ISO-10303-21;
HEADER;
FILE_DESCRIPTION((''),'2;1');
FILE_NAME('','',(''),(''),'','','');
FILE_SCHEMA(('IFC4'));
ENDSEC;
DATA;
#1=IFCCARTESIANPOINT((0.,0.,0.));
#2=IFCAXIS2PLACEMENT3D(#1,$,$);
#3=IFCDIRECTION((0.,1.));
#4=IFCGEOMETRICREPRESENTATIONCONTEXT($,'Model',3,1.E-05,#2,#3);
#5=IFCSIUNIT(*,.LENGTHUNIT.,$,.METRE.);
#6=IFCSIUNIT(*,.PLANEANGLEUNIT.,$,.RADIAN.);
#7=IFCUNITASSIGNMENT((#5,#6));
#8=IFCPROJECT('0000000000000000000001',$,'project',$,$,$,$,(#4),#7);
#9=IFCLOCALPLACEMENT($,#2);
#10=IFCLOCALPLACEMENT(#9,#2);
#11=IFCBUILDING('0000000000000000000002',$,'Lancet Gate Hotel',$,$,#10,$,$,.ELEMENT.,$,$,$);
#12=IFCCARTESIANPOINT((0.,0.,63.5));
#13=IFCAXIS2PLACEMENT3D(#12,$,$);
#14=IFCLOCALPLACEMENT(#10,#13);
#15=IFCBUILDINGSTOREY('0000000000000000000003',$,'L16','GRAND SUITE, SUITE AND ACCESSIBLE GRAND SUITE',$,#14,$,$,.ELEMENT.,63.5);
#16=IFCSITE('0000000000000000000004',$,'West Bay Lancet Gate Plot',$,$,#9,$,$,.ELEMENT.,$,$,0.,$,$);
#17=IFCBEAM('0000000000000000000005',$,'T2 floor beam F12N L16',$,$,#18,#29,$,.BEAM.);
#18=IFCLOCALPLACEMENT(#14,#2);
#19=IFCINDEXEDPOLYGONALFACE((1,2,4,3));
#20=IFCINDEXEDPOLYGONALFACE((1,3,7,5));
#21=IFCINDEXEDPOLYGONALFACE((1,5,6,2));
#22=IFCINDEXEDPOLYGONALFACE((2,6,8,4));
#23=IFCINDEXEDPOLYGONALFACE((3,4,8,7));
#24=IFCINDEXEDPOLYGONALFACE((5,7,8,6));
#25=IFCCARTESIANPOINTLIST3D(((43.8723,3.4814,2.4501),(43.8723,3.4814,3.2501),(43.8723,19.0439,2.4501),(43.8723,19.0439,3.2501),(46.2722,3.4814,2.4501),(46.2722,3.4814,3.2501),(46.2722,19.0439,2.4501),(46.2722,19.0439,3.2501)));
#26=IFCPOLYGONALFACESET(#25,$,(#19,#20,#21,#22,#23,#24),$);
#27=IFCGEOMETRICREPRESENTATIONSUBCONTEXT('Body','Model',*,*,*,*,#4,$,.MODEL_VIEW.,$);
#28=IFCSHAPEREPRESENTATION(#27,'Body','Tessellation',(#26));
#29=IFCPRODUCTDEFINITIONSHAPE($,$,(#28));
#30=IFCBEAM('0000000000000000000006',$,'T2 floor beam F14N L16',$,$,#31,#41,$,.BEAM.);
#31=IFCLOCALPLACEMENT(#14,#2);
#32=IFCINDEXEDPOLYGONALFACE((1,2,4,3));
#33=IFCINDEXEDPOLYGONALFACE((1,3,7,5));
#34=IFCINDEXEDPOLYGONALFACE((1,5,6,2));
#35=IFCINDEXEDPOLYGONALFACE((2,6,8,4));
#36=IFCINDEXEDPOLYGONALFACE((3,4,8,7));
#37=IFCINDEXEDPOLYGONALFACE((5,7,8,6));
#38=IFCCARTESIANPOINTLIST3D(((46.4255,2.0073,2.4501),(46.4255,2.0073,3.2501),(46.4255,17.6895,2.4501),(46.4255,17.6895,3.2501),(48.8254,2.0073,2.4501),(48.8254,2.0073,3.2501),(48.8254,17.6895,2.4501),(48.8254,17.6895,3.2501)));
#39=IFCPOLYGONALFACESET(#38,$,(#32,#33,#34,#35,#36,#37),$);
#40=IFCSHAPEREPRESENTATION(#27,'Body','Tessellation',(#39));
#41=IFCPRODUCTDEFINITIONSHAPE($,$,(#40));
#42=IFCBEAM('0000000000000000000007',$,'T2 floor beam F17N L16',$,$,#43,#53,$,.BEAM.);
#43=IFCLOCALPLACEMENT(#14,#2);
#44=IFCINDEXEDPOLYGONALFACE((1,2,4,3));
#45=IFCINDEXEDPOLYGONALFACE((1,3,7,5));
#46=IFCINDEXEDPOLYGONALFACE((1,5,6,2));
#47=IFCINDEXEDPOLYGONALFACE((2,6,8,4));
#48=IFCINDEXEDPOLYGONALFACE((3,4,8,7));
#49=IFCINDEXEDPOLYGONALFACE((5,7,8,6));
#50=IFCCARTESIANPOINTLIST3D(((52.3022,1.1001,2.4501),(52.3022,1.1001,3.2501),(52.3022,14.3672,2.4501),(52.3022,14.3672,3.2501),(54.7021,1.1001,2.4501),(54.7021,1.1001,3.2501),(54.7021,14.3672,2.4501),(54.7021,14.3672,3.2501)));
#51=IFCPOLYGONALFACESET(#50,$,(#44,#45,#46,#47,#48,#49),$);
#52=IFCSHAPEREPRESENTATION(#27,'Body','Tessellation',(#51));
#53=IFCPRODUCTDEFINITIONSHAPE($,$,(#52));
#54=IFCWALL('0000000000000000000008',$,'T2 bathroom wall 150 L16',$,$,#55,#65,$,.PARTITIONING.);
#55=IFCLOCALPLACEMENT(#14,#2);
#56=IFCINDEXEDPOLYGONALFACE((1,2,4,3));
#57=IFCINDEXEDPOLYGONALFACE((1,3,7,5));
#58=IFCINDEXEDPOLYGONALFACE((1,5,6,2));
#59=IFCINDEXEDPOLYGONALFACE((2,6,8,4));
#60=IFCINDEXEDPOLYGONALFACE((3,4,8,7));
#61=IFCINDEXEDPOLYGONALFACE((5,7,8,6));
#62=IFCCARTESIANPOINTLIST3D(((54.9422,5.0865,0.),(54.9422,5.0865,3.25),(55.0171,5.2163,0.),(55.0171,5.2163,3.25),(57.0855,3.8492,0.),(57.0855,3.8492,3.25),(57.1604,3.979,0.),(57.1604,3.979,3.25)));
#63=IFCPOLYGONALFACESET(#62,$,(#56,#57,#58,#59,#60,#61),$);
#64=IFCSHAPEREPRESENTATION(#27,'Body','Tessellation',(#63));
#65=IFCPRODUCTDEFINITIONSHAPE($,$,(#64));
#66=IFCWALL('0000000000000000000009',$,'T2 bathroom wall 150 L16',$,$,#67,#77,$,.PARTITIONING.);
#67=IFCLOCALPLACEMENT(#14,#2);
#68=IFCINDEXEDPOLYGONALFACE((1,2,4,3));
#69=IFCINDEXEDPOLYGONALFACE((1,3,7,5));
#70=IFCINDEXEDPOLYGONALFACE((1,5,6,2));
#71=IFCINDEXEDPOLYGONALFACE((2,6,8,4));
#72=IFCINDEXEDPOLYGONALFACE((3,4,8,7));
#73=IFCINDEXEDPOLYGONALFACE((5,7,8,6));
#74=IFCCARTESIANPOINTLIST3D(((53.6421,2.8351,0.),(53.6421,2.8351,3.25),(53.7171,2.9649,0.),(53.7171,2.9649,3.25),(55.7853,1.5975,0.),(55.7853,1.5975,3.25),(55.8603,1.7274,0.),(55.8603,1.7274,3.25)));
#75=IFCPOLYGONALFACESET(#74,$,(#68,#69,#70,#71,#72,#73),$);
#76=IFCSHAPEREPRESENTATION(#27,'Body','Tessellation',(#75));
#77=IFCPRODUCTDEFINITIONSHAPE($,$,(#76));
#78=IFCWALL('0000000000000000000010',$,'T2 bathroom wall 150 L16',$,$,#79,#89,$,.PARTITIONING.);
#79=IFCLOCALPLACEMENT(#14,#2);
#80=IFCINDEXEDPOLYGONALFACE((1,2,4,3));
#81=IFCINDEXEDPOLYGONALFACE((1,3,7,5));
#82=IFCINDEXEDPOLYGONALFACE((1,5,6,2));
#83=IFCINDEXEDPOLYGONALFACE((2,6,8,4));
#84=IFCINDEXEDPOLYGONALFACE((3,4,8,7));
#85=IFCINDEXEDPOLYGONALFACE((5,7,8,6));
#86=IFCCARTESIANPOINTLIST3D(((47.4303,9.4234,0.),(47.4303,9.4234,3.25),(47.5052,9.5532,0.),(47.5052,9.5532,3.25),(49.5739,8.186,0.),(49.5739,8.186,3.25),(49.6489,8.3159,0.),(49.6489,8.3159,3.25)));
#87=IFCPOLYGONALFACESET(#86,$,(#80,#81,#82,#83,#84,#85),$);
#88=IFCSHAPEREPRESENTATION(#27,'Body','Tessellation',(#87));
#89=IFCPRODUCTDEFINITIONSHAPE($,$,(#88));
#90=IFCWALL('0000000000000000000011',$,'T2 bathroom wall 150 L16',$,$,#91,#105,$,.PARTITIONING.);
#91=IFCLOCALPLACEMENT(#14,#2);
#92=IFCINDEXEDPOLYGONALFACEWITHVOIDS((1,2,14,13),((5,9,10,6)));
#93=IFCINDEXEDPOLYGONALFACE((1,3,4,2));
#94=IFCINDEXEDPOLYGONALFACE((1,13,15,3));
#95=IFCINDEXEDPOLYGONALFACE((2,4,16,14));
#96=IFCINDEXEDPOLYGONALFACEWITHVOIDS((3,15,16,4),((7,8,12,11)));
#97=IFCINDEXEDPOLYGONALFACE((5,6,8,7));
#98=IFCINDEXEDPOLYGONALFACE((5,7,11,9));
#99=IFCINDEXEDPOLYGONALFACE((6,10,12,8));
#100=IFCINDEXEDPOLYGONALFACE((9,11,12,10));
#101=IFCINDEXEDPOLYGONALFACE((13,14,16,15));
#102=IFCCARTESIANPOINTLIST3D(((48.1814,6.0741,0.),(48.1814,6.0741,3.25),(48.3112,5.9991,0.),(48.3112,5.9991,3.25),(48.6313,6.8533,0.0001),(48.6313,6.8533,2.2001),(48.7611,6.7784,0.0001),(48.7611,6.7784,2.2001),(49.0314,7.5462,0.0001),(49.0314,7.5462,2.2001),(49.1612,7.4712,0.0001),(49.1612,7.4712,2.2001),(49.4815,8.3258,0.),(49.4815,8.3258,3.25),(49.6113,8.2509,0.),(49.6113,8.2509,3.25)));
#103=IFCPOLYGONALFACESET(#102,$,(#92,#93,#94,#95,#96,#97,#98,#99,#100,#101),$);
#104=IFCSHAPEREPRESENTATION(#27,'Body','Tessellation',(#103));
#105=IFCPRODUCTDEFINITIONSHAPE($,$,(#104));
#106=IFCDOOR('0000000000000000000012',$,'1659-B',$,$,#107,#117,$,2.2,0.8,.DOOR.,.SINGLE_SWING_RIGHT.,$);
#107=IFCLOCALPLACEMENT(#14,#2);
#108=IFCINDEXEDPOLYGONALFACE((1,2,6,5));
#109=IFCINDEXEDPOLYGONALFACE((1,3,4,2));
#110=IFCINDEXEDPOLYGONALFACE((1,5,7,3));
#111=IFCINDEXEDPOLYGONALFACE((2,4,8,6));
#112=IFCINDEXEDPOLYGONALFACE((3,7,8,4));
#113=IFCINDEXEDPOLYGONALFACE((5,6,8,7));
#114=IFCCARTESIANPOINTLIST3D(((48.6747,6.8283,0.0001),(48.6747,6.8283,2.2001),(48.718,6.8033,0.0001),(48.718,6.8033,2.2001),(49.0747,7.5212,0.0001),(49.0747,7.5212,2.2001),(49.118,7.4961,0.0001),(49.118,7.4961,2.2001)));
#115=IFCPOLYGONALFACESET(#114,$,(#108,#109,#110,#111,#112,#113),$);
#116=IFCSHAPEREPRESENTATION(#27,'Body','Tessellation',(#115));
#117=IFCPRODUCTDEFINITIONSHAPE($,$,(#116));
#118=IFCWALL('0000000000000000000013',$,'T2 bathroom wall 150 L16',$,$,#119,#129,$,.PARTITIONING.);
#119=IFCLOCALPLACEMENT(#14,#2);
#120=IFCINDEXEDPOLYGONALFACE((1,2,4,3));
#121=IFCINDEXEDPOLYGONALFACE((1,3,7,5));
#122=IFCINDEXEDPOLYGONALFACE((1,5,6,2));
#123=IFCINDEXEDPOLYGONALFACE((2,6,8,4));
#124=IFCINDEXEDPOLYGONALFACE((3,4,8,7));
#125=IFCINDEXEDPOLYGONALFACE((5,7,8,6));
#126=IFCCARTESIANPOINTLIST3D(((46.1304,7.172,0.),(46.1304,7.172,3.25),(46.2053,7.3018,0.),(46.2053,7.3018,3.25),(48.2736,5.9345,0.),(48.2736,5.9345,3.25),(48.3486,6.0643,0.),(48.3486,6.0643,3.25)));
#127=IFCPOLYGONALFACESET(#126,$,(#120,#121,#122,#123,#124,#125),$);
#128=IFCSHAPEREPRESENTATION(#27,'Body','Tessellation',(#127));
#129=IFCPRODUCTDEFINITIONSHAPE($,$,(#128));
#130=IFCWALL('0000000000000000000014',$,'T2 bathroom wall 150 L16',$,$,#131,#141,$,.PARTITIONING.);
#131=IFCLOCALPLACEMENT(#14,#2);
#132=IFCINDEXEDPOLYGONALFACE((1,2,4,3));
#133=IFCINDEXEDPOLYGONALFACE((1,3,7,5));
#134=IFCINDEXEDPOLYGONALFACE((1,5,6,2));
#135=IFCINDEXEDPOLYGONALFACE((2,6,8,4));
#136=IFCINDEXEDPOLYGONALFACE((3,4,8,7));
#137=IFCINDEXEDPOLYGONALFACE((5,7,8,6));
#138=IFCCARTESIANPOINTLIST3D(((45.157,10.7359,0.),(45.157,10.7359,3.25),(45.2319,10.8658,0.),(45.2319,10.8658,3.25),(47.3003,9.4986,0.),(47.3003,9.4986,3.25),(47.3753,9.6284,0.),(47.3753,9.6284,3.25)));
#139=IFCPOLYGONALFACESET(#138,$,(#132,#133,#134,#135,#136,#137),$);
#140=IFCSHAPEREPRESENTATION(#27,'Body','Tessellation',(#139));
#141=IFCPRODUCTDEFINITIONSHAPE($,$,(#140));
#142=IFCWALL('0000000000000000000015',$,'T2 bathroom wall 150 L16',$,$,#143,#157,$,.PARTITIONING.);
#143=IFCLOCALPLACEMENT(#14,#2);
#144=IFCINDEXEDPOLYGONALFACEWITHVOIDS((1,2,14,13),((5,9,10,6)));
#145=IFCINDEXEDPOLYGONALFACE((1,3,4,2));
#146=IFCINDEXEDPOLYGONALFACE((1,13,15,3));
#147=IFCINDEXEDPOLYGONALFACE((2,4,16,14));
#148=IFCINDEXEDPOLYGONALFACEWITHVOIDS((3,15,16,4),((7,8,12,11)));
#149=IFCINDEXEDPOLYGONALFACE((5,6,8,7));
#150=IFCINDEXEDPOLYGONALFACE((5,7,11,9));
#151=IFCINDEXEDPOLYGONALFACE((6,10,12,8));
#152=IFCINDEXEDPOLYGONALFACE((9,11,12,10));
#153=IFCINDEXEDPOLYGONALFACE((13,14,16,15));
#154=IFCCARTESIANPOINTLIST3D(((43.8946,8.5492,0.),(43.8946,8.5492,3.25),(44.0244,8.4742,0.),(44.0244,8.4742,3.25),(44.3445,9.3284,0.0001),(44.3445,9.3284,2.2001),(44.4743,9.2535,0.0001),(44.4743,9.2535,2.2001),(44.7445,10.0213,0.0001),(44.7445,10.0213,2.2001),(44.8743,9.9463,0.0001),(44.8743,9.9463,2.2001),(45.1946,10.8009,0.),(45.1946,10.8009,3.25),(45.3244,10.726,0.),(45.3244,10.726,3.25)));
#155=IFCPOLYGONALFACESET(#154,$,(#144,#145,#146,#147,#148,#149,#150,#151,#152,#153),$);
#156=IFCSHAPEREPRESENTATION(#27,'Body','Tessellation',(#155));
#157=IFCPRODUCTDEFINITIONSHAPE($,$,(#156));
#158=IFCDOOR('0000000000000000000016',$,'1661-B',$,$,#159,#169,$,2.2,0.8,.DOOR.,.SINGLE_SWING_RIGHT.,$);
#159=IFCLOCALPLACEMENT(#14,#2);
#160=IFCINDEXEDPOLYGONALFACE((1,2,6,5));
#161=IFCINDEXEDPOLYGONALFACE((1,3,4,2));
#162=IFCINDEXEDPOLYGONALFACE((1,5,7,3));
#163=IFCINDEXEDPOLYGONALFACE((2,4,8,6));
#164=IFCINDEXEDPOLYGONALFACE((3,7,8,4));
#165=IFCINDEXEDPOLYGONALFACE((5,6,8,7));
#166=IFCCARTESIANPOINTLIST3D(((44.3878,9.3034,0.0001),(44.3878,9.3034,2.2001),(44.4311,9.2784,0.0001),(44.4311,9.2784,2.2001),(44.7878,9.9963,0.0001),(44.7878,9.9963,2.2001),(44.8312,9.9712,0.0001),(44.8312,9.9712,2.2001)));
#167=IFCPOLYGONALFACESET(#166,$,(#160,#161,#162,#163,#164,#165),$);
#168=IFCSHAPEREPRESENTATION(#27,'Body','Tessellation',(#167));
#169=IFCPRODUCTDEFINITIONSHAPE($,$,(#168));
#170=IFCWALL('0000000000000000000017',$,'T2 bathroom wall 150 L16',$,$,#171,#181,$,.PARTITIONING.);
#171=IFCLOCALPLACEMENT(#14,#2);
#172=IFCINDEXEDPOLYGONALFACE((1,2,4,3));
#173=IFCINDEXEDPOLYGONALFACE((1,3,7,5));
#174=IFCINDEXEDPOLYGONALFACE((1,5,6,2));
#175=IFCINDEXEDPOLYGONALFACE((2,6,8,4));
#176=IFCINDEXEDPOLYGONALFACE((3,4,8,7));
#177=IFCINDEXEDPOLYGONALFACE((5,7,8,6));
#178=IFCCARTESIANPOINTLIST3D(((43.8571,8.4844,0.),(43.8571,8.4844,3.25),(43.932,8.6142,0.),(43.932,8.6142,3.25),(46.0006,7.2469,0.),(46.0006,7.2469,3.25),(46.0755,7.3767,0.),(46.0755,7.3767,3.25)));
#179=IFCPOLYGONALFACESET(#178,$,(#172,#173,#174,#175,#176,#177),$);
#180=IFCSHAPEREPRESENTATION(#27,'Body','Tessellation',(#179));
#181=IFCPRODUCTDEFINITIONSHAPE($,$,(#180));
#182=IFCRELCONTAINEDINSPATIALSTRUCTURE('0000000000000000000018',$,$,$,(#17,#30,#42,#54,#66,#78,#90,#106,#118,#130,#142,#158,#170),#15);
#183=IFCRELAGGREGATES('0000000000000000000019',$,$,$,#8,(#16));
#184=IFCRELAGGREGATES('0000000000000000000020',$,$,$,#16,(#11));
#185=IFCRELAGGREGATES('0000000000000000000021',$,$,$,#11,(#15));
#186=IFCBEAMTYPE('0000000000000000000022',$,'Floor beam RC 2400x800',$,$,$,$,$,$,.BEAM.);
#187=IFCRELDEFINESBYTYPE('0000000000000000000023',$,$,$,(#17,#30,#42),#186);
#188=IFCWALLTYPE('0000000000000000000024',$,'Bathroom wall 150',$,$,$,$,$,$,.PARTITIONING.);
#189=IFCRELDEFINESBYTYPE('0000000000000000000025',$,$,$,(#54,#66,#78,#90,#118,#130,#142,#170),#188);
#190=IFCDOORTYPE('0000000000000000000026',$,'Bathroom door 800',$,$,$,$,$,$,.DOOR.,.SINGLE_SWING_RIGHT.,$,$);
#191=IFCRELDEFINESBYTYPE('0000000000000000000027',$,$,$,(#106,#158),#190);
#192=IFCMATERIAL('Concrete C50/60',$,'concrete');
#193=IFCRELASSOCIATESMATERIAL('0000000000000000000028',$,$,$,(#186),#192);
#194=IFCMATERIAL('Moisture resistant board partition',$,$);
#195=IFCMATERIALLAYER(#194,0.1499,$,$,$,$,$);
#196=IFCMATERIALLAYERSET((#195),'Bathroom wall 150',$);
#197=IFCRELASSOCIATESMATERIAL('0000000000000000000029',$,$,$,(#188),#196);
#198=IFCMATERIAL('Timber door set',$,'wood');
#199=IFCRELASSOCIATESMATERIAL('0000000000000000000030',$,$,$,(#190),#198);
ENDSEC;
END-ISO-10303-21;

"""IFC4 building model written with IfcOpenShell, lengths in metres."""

from ifc_helpers import new_model, si_unit, direction, frame, frame_2d, origin, origin_2d, place, context, subcontext, project, spatial, rectangle, extrude, material, layer, layer_set, material_profile, profile_set, type_object, element, fill, save


model = new_model("IFC4")

# Units and contexts
model_context = context("Model", 3, precision=1e-05, world=origin(), true_north=direction((0.0, 1.0)))
body_context = subcontext(model_context, "Body", "Model", "MODEL_VIEW")
ifc_project = project(units=[si_unit("LENGTHUNIT", "METRE"), si_unit("PLANEANGLEUNIT", "RADIAN")], contexts=[model_context])

# Site, building, storey
site_placement = place(None, origin())
site = spatial("IfcSite", under=ifc_project, at=site_placement, Name="West Bay Lancet Gate Plot", CompositionType="ELEMENT", RefElevation=0.0)
building_placement = place(site_placement, origin())
building = spatial("IfcBuilding", under=site, at=building_placement, Name="Lancet Gate Hotel", CompositionType="ELEMENT")
storey_placement = place(building_placement, frame((0.0, 0.0, 63.5)))
storey = spatial("IfcBuildingStorey", under=building, at=storey_placement, Name="L16", Description="GRAND SUITE, SUITE AND ACCESSIBLE GRAND SUITE", CompositionType="ELEMENT", Elevation=63.5)

# Beams
ifc_material_1 = material(Name="Concrete C50/60", Category="concrete")
ifc_material_profile = material_profile(ifc_material_1, rectangle(XDim=2.3999, YDim=0.8, at=origin_2d()), Name="RC 2400x800")
ifc_profile_set = profile_set([ifc_material_profile], Name="Concrete C50/60")
beam_type = type_object("IfcBeamType", Name="Floor beam RC 2400x800", PredefinedType="BEAM", material=ifc_profile_set)
beam_1_placement = place(storey_placement, frame((45.0723, 3.4814, 2.8501), z_axis=(0.0, 1.0, 0.0), x_axis=(-1.0, 0.0, 0.0)))
element("IfcBeam", 1, at=beam_1_placement, inside=storey, type_object=beam_type, Name="T2 floor beam F12N L16", PredefinedType="BEAM", context=body_context, shape_type="SweptSolid", body=[
    extrude(rectangle(XDim=2.3999, YDim=0.8, at=origin_2d()), origin(), (0.0, 0.0, 1.0), 15.5625),
])
beam_2_placement = place(storey_placement, frame((47.6255, 2.0073, 2.8501), z_axis=(0.0, 1.0, 0.0), x_axis=(-1.0, 0.0, 0.0)))
element("IfcBeam", 2, at=beam_2_placement, inside=storey, type_object=beam_type, Name="T2 floor beam F14N L16", PredefinedType="BEAM", context=body_context, shape_type="SweptSolid", body=[
    extrude(rectangle(XDim=2.3999, YDim=0.8, at=origin_2d()), origin(), (0.0, 0.0, 1.0), 15.6821),
])
beam_3_placement = place(storey_placement, frame((53.5022, 1.1001, 2.8501), z_axis=(0.0, 1.0, 0.0), x_axis=(-1.0, 0.0, 0.0)))
element("IfcBeam", 3, at=beam_3_placement, inside=storey, type_object=beam_type, Name="T2 floor beam F17N L16", PredefinedType="BEAM", context=body_context, shape_type="SweptSolid", body=[
    extrude(rectangle(XDim=2.3999, YDim=0.8, at=origin_2d()), origin(), (0.0, 0.0, 1.0), 13.2671),
])

# Walls
ifc_material_2 = material(Name="Moisture resistant board partition")
ifc_layer_1 = layer(ifc_material_2, 0.1499)
ifc_layer_set_1 = layer_set([ifc_layer_1], Name="Bathroom wall 150")
wall_type_1 = type_object("IfcWallType", Name="Bathroom wall 150", PredefinedType="PARTITIONING", material=ifc_layer_set_1)
for number, where, z_axis, x_axis, name in (
    (4, (54.9797, 5.1514, 0.0), (0.0, 0.0, 1.0), (0.866049, -0.499959, 0.0), "T2 bathroom wall 150 L16"),
    (5, (53.6797, 2.8999, 0.0), (0.0, 0.0, 1.0), (0.866007, -0.500033, 0.0), "T2 bathroom wall 150 L16"),
):
    element("IfcWall", number, at=place(storey_placement, frame(where, z_axis=z_axis, x_axis=x_axis)), inside=storey, type_object=wall_type_1, Name=name, PredefinedType="PARTITIONING", context=body_context, shape_type="SweptSolid", body=[
        extrude(rectangle(XDim=2.4749, YDim=0.1499, at=frame_2d((1.2373, 0.0))), origin(), (0.0, 0.0, 1.0), 3.25),
    ])
wall_1_placement = place(storey_placement, frame((47.4678, 9.4883, 0.0), z_axis=(0.0, 0.0, 1.0), x_axis=(0.866074, -0.499916, 0.0)))
element("IfcWall", 6, at=wall_1_placement, inside=storey, type_object=wall_type_1, Name="T2 bathroom wall 150 L16", PredefinedType="PARTITIONING", context=body_context, shape_type="SweptSolid", body=[
    extrude(rectangle(XDim=2.4751, YDim=0.1499, at=frame_2d((1.2375, 0.0))), origin(), (0.0, 0.0, 1.0), 3.25),
])

# Wall, opening, door
wall_2_placement = place(storey_placement, frame((48.2463, 6.0366, 0.0), z_axis=(0.0, 0.0, 1.0), x_axis=(0.500007, 0.866021, 0.0)))
wall_2 = element("IfcWall", 7, at=wall_2_placement, inside=storey, type_object=wall_type_1, Name="T2 bathroom wall 150 L16", PredefinedType="PARTITIONING", context=body_context, shape_type="SweptSolid", body=[
    extrude(rectangle(XDim=2.6001, YDim=0.1499, at=frame_2d((1.3, 0.0))), origin(), (0.0, 0.0, 1.0), 3.25),
])
opening_1_placement = place(wall_2_placement, frame((0.8999, 0.0, 0.0)))
opening_1 = element("IfcOpeningElement", 8, at=opening_1_placement, cuts=wall_2, PredefinedType="OPENING", context=body_context, shape_type="SweptSolid", body=[
    extrude(rectangle(XDim=0.8, YDim=2.2, at=frame_2d((0.3999, 1.1001))), frame((0.0, 0.085, 0.0), z_axis=(0.0, -1.0, 0.0), x_axis=(1.0, 0.0, 0.0)), (0.0, 0.0, 1.0), 0.1699),
])
ifc_material_3 = material(Name="Timber door set", Category="wood")
door_type_1 = type_object("IfcDoorType", Name="Bathroom door 800", OperationType="SINGLE_SWING_RIGHT", PredefinedType="DOOR", material=ifc_material_3)
door_1_placement = place(opening_1_placement, origin())
door_1 = element("IfcDoor", 9, at=door_1_placement, inside=storey, type_object=door_type_1, Name="1659-B", OperationType="SINGLE_SWING_RIGHT", OverallHeight=2.2, OverallWidth=0.8, PredefinedType="DOOR", context=body_context, shape_type="SweptSolid", body=[
    extrude(rectangle(XDim=0.8, YDim=2.2, at=frame_2d((0.3999, 1.1001))), frame((0.0, 0.0249, 0.0), z_axis=(0.0, -1.0, 0.0), x_axis=(1.0, 0.0, 0.0)), (0.0, 0.0, 1.0), 0.05),
])
fill(opening_1, door_1)

# Walls
for number, where, z_axis, x_axis, name in (
    (10, (46.168, 7.2368, 0.0), (0.0, 0.0, 1.0), (0.866007, -0.500033, 0.0), "T2 bathroom wall 150 L16"),
    (11, (45.1946, 10.8008, 0.0), (0.0, 0.0, 1.0), (0.866049, -0.499959, 0.0), "T2 bathroom wall 150 L16"),
):
    element("IfcWall", number, at=place(storey_placement, frame(where, z_axis=z_axis, x_axis=x_axis)), inside=storey, type_object=wall_type_1, Name=name, PredefinedType="PARTITIONING", context=body_context, shape_type="SweptSolid", body=[
        extrude(rectangle(XDim=2.4749, YDim=0.1499, at=frame_2d((1.2373, 0.0))), origin(), (0.0, 0.0, 1.0), 3.25),
    ])

# Wall, opening, door
wall_3_placement = place(storey_placement, frame((43.9595, 8.5117, 0.0), z_axis=(0.0, 0.0, 1.0), x_axis=(0.500007, 0.866021, 0.0)))
wall_3 = element("IfcWall", 12, at=wall_3_placement, inside=storey, type_object=wall_type_1, Name="T2 bathroom wall 150 L16", PredefinedType="PARTITIONING", context=body_context, shape_type="SweptSolid", body=[
    extrude(rectangle(XDim=2.6001, YDim=0.1499, at=frame_2d((1.3, 0.0))), origin(), (0.0, 0.0, 1.0), 3.25),
])
opening_2_placement = place(wall_3_placement, frame((0.8999, 0.0, 0.0)))
opening_2 = element("IfcOpeningElement", 13, at=opening_2_placement, cuts=wall_3, PredefinedType="OPENING", context=body_context, shape_type="SweptSolid", body=[
    extrude(rectangle(XDim=0.8, YDim=2.2, at=frame_2d((0.3999, 1.1001))), frame((0.0, 0.085, 0.0), z_axis=(0.0, -1.0, 0.0), x_axis=(1.0, 0.0, 0.0)), (0.0, 0.0, 1.0), 0.1699),
])
door_2_placement = place(opening_2_placement, origin())
door_2 = element("IfcDoor", 14, at=door_2_placement, inside=storey, type_object=door_type_1, Name="1661-B", OperationType="SINGLE_SWING_RIGHT", OverallHeight=2.2, OverallWidth=0.8, PredefinedType="DOOR", context=body_context, shape_type="SweptSolid", body=[
    extrude(rectangle(XDim=0.8, YDim=2.2, at=frame_2d((0.3999, 1.1001))), frame((0.0, 0.0249, 0.0), z_axis=(0.0, -1.0, 0.0), x_axis=(1.0, 0.0, 0.0)), (0.0, 0.0, 1.0), 0.05),
])
fill(opening_2, door_2)

# Wall
wall_4_placement = place(storey_placement, frame((43.8945, 8.5493, 0.0), z_axis=(0.0, 0.0, 1.0), x_axis=(0.866031, -0.49999, 0.0)))
element("IfcWall", 15, at=wall_4_placement, inside=storey, type_object=wall_type_1, Name="T2 bathroom wall 150 L16", PredefinedType="PARTITIONING", context=body_context, shape_type="SweptSolid", body=[
    extrude(rectangle(XDim=2.4751, YDim=0.1499, at=frame_2d((1.2375, 0.0))), origin(), (0.0, 0.0, 1.0), 3.25),
])

save(model, "model.ifc")
